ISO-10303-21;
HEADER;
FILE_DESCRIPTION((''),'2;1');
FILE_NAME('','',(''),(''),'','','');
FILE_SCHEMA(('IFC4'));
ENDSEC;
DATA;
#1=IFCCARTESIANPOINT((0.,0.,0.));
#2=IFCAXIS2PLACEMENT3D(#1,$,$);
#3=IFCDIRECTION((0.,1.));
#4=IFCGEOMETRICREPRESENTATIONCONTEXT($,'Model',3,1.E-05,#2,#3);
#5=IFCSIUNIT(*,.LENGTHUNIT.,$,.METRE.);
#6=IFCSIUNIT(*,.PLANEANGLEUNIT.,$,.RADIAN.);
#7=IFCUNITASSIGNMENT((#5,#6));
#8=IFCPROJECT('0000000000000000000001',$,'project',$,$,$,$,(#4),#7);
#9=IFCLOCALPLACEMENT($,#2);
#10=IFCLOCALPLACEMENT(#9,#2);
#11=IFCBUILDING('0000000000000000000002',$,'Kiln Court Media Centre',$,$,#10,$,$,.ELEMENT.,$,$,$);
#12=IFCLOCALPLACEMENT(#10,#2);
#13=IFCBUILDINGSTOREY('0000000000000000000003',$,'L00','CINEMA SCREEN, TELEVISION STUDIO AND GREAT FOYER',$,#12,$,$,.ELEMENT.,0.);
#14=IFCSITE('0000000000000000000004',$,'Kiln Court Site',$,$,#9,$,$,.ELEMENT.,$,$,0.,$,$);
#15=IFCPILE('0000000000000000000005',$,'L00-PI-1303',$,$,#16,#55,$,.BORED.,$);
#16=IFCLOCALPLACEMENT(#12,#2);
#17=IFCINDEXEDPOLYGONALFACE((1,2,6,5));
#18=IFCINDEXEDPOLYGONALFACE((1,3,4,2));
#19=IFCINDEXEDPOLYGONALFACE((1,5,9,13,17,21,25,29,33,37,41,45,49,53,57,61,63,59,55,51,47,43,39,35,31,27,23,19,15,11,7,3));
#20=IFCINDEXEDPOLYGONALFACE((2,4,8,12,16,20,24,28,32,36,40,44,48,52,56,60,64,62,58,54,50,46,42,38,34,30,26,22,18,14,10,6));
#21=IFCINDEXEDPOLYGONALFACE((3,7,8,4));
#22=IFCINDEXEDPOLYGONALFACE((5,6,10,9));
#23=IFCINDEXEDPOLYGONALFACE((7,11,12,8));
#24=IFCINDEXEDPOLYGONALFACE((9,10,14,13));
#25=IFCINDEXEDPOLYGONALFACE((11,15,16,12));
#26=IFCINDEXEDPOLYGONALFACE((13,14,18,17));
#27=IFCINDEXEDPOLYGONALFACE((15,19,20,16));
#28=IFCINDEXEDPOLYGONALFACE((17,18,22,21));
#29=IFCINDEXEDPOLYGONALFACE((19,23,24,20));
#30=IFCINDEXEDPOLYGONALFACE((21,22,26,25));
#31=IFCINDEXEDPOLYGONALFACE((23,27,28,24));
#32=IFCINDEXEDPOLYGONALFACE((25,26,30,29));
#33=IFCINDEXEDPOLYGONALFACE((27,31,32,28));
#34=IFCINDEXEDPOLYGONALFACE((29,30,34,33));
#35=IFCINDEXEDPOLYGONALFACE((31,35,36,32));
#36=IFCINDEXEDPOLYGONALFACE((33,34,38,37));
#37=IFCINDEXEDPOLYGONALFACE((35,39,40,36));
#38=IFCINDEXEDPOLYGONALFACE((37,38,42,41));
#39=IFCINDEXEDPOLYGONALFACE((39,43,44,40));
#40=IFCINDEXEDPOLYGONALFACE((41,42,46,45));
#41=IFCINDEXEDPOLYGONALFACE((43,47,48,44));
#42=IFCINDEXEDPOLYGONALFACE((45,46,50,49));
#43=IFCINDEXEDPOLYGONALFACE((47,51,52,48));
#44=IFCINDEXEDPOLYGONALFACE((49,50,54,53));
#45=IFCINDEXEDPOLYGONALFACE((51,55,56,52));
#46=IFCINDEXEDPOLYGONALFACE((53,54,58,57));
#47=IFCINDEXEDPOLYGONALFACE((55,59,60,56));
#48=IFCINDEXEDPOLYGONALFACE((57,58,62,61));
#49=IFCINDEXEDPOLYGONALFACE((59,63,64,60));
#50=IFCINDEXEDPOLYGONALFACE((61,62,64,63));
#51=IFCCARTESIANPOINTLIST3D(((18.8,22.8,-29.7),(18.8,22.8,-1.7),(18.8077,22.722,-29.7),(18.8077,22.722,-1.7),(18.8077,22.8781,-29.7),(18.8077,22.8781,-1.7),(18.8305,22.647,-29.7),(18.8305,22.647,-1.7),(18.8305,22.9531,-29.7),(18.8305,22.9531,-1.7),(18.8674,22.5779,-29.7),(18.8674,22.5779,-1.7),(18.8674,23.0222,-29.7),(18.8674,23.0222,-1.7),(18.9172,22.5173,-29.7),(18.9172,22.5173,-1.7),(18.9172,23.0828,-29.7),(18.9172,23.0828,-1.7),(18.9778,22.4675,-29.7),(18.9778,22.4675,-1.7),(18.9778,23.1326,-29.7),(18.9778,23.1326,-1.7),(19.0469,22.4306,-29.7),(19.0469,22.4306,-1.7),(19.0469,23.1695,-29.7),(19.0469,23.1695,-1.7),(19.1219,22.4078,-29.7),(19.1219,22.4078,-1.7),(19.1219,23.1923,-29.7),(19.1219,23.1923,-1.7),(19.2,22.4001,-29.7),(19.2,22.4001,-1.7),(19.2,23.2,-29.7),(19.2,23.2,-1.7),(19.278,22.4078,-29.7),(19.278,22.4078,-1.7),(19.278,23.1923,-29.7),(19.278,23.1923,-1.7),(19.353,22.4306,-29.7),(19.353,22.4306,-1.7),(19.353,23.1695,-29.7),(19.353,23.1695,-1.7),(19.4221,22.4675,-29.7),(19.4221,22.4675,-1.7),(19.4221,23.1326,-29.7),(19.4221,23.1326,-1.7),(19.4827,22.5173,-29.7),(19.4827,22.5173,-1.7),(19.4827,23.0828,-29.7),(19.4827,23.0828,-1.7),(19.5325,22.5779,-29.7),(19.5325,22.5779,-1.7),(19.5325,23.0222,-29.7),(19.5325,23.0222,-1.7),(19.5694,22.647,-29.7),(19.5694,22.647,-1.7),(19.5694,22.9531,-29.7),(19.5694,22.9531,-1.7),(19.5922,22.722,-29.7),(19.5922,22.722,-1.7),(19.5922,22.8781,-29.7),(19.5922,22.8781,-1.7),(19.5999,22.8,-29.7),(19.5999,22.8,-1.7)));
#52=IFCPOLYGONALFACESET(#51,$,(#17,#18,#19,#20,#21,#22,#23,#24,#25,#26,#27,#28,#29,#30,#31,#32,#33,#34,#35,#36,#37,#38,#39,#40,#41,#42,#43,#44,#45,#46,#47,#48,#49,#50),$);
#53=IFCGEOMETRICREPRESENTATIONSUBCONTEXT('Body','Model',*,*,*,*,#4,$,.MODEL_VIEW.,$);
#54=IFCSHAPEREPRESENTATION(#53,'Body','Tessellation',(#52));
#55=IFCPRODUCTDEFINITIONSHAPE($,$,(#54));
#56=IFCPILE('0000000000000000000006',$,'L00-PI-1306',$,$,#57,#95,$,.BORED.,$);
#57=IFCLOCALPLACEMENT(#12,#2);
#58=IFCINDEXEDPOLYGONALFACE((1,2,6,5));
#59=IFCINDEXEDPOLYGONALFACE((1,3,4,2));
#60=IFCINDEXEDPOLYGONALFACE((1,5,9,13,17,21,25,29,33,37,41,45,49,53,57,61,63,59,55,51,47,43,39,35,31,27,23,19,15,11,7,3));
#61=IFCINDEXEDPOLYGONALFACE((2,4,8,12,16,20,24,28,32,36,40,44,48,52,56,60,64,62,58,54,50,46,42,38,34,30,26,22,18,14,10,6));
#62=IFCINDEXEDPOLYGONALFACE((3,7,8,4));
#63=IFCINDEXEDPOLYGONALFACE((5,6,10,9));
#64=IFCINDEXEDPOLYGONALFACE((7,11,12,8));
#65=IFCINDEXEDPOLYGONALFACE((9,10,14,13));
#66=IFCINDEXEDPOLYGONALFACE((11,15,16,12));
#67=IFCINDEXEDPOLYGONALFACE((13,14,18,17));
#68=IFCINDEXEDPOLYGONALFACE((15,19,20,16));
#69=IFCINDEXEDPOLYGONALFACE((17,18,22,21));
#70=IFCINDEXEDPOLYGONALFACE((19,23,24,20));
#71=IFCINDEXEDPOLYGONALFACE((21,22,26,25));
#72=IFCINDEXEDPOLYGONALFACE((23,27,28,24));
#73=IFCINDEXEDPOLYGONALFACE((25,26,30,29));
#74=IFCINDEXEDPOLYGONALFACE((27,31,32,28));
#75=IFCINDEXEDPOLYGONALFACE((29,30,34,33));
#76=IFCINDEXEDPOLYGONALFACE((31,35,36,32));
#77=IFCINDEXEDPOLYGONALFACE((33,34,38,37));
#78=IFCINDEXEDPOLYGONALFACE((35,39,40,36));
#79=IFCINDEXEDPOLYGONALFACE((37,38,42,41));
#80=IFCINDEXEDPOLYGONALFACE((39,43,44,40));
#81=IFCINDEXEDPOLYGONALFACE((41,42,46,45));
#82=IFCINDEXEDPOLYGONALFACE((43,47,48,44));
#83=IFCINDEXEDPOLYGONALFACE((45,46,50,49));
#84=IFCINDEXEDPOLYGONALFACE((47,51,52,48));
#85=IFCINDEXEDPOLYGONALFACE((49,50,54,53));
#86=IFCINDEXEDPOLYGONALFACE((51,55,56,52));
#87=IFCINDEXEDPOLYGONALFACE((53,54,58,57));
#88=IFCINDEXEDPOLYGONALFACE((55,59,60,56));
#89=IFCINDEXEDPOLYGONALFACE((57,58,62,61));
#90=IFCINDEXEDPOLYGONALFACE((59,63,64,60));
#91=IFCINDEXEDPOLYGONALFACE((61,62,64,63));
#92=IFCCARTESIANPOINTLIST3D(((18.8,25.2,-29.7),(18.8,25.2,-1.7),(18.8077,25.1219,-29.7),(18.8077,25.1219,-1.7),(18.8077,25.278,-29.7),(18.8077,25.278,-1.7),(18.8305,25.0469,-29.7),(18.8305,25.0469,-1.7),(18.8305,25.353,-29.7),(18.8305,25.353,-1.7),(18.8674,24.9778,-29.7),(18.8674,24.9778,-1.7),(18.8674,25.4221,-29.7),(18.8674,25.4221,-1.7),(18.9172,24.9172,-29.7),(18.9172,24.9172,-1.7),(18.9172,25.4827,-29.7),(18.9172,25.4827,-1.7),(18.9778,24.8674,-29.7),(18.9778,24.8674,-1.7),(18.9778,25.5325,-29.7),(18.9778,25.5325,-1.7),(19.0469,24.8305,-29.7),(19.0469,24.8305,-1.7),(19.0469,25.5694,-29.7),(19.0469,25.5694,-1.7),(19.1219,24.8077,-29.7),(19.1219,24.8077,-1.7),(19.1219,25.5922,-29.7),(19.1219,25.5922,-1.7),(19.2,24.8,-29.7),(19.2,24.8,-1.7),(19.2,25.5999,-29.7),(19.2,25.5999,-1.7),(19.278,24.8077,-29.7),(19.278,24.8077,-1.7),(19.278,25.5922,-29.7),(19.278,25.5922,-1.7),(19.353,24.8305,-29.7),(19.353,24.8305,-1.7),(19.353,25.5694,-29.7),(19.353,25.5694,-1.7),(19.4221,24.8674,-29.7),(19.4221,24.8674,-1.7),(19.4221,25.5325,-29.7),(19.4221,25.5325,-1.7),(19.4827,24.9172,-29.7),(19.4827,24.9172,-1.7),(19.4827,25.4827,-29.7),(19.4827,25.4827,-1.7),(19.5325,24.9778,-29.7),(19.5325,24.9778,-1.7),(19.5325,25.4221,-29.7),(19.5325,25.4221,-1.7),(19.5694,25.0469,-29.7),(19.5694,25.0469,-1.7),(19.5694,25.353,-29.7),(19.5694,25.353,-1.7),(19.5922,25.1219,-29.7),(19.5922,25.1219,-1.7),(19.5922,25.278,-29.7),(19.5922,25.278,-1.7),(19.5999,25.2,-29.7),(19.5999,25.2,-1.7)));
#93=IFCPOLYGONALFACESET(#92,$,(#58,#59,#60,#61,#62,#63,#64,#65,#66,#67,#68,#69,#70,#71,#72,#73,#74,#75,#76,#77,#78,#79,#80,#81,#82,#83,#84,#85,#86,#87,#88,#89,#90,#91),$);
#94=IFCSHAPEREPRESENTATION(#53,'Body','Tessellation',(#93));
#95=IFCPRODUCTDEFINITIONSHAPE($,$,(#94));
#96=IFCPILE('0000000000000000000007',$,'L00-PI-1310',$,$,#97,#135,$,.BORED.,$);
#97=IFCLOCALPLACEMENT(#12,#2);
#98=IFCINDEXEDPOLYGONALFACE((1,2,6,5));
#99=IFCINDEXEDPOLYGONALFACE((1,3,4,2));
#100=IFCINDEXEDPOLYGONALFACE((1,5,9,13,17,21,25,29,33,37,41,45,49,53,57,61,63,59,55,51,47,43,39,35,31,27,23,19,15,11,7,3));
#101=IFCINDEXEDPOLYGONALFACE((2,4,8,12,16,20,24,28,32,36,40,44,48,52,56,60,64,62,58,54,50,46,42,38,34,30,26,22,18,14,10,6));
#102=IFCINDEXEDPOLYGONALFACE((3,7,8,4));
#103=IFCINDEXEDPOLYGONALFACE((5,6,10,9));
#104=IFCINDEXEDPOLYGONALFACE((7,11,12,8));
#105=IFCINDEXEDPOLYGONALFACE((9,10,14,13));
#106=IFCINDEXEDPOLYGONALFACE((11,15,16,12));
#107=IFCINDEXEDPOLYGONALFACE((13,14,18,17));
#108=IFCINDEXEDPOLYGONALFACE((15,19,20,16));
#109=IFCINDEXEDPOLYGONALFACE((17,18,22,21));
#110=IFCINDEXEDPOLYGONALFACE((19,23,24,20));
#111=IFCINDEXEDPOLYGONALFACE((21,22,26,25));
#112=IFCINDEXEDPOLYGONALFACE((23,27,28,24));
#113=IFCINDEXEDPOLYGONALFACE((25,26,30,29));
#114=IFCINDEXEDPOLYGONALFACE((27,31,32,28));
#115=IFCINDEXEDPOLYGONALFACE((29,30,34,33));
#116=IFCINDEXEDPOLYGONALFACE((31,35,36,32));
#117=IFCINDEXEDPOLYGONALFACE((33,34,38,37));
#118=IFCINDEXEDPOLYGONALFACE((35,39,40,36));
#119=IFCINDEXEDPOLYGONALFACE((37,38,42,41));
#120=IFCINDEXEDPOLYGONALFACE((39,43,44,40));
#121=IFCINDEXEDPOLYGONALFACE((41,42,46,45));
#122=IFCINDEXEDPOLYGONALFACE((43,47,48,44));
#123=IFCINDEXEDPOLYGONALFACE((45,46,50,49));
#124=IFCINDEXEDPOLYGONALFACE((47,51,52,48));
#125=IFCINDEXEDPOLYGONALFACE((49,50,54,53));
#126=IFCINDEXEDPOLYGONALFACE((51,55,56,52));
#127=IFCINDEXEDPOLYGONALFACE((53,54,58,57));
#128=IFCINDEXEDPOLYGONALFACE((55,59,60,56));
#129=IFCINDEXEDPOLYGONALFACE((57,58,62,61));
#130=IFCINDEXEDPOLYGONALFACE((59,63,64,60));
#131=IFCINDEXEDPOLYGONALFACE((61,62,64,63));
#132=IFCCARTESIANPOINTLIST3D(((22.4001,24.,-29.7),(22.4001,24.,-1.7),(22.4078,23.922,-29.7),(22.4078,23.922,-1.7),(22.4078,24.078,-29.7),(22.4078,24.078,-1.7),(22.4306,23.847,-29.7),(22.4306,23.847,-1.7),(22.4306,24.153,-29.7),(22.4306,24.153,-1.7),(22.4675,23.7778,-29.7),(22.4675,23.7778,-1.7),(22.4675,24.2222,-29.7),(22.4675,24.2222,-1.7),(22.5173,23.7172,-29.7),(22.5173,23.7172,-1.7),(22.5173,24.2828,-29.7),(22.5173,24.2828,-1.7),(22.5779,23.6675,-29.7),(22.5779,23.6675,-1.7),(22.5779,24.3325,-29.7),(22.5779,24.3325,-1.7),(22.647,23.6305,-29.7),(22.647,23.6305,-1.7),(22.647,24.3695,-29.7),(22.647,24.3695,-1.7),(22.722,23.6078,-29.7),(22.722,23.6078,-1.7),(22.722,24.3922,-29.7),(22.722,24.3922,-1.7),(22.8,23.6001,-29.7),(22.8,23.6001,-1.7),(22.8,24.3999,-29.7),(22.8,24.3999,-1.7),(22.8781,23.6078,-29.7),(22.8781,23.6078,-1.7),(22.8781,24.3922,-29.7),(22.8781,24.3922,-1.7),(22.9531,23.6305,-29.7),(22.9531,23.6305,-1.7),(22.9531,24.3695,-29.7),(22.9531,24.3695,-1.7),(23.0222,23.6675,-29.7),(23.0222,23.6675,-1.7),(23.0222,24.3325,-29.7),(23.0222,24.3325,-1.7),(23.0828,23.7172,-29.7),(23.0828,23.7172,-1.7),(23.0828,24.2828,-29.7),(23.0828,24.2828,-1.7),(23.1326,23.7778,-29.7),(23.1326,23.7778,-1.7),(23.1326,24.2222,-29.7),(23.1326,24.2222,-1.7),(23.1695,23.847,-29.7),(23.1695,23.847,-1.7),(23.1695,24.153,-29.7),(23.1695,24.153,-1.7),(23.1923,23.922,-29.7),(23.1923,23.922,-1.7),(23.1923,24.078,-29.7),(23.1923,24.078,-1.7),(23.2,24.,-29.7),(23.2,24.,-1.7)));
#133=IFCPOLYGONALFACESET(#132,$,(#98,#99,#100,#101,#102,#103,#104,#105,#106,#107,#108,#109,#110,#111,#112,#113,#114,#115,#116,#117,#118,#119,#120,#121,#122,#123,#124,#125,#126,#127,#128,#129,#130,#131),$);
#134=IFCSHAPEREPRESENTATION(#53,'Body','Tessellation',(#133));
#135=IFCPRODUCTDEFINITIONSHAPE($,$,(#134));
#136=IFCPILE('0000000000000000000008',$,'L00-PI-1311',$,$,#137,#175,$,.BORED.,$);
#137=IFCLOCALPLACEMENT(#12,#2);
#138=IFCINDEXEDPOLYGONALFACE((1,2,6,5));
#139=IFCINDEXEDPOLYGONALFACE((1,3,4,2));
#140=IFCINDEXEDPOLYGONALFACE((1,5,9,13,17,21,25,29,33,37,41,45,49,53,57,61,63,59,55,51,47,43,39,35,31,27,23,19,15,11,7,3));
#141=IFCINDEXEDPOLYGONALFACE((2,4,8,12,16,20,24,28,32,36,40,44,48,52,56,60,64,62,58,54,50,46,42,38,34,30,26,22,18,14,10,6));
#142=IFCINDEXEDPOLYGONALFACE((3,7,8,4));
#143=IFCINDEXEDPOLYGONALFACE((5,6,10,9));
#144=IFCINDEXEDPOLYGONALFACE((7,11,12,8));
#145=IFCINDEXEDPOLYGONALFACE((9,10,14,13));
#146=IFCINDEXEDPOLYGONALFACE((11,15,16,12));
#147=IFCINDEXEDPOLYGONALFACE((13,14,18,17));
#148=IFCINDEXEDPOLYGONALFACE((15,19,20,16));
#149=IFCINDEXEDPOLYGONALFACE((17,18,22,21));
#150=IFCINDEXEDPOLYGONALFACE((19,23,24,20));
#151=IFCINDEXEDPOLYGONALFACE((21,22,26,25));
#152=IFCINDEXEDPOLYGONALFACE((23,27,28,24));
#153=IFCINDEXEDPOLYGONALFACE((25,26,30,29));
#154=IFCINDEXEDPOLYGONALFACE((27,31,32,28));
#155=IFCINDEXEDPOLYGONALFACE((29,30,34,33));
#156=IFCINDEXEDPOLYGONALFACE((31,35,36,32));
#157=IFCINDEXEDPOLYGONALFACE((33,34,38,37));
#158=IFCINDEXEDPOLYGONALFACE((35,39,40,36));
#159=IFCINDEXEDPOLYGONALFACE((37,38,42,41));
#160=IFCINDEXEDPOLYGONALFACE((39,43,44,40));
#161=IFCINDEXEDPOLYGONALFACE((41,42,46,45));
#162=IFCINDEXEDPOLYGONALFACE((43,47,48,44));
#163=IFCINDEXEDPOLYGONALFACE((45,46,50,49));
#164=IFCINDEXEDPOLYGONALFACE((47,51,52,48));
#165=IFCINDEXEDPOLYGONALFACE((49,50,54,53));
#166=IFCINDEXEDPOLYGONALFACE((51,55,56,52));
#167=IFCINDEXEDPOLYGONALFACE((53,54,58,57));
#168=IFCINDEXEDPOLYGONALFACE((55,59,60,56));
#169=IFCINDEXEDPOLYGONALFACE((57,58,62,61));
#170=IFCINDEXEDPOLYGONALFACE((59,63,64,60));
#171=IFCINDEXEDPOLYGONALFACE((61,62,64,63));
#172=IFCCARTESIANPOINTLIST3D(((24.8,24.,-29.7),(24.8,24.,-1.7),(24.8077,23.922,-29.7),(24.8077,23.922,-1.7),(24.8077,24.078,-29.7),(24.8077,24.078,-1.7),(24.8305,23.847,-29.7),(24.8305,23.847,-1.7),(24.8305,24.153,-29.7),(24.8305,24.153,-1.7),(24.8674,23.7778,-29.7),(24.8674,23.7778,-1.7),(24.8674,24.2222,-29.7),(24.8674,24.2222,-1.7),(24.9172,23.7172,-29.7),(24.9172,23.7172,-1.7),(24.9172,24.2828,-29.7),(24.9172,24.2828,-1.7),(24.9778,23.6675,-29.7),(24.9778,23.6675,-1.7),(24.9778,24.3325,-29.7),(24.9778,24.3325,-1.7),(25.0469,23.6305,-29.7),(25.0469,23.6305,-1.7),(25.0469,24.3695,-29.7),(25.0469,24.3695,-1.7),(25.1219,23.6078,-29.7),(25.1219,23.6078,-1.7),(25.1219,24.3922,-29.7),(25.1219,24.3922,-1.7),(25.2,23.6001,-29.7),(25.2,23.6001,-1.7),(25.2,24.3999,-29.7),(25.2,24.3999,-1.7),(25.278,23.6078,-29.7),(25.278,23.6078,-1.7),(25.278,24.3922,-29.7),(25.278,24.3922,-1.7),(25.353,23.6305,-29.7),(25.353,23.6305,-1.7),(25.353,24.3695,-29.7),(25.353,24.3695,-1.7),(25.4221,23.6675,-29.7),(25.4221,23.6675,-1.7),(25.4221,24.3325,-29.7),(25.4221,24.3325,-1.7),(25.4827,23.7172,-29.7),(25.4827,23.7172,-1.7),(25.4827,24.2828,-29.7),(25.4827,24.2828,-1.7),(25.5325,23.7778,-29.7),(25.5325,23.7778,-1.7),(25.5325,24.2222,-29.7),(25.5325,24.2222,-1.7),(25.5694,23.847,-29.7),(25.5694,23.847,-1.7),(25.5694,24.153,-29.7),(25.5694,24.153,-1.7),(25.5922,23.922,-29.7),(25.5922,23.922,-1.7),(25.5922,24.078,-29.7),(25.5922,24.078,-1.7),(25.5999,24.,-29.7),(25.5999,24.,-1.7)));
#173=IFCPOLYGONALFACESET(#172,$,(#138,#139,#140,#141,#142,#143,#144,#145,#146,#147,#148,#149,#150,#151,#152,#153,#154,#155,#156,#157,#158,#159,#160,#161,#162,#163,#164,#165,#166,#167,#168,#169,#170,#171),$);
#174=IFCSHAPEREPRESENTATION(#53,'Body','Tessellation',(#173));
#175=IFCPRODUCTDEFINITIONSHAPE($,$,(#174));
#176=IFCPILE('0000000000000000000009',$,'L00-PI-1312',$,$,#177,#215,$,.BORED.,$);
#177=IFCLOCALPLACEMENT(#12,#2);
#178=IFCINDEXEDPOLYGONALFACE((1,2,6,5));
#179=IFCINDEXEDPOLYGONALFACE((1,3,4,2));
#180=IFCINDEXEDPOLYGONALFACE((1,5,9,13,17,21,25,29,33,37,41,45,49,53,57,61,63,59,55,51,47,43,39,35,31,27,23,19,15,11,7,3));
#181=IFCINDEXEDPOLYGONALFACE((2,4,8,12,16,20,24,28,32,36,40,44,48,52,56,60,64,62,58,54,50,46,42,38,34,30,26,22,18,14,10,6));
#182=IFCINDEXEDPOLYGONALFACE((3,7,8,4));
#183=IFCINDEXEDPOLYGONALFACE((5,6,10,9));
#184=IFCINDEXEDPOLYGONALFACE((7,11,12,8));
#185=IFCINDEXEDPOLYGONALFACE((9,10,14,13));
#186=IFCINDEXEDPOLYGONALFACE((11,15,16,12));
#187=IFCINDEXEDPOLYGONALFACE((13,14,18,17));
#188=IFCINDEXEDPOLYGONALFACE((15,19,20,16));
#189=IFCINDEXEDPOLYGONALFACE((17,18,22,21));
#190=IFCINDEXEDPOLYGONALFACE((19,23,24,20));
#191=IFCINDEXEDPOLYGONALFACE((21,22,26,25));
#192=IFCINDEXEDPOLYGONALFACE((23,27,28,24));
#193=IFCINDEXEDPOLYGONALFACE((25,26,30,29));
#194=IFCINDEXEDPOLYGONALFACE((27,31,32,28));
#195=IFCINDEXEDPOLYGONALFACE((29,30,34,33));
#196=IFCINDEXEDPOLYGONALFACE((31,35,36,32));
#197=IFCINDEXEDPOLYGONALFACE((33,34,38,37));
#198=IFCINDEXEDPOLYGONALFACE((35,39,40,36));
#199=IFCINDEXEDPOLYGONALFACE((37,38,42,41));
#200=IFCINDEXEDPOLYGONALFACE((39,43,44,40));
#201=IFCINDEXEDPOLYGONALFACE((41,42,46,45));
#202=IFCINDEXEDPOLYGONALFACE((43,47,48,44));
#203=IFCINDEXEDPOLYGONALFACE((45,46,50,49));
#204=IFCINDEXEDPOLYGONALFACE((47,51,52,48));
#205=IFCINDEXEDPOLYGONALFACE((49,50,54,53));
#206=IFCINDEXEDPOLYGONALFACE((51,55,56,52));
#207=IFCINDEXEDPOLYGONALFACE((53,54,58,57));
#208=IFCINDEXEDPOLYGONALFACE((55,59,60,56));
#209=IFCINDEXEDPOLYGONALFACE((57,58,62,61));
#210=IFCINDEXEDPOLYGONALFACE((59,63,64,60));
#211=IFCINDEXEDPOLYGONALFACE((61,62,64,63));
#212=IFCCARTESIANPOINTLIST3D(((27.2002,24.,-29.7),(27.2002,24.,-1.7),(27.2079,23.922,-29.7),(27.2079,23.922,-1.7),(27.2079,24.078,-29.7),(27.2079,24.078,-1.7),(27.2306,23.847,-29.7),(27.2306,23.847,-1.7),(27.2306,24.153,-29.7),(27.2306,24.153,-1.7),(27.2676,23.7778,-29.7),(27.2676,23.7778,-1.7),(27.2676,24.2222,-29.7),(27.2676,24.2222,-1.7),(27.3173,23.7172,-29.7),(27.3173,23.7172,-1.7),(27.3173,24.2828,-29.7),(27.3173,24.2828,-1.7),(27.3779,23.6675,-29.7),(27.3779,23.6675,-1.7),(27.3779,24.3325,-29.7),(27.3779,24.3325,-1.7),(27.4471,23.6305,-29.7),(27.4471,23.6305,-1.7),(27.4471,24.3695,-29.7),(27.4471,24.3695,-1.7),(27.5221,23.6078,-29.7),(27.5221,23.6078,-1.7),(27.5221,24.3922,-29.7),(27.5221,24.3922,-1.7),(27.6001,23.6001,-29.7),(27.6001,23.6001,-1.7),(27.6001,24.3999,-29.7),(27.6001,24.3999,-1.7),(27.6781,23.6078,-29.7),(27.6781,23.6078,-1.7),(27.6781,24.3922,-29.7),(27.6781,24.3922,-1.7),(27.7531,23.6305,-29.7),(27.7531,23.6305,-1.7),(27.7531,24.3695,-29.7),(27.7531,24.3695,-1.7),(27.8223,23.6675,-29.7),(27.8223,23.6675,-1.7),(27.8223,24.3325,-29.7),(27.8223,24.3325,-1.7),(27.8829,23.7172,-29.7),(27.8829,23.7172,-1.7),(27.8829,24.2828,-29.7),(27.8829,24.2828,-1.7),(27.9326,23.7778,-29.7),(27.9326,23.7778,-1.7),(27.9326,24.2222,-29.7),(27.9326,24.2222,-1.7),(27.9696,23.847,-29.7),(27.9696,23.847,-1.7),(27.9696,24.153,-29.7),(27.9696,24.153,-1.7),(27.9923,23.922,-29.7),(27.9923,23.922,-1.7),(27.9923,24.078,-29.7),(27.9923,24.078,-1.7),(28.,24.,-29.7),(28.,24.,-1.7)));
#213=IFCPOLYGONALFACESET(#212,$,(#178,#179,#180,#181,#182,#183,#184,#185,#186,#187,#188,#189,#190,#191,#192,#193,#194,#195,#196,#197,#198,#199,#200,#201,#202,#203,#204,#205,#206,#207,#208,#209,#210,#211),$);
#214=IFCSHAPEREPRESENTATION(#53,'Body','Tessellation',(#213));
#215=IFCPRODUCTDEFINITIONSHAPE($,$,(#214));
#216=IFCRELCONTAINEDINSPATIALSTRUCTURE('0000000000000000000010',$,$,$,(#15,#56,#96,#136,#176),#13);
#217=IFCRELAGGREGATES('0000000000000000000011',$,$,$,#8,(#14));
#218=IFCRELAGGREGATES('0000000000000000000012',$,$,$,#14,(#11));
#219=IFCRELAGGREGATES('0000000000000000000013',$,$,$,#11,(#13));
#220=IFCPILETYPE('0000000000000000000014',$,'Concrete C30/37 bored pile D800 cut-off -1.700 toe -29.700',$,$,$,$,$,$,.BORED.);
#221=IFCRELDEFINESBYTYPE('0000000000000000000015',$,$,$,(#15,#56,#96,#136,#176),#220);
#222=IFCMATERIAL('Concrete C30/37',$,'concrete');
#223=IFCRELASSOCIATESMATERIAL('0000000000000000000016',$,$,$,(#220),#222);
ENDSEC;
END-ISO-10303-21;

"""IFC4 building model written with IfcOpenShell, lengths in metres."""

from ifc_helpers import new_model, si_unit, direction, frame, origin, origin_2d, place, context, subcontext, project, spatial, circle, extrude, material, material_profile, profile_set, type_object, element, save


model = new_model("IFC4")

# Units and contexts
model_context = context("Model", 3, precision=1e-05, world=origin(), true_north=direction((0.0, 1.0)))
body_context = subcontext(model_context, "Body", "Model", "MODEL_VIEW")
ifc_project = project(units=[si_unit("LENGTHUNIT", "METRE"), si_unit("PLANEANGLEUNIT", "RADIAN")], contexts=[model_context])

# Site, building, storey
site_placement = place(None, origin())
site = spatial("IfcSite", under=ifc_project, at=site_placement, Name="Kiln Court Site", CompositionType="ELEMENT", RefElevation=0.0)
building_placement = place(site_placement, origin())
building = spatial("IfcBuilding", under=site, at=building_placement, Name="Kiln Court Media Centre", CompositionType="ELEMENT")
storey_placement = place(building_placement, origin())
storey = spatial("IfcBuildingStorey", under=building, at=storey_placement, Name="L00", Description="CINEMA SCREEN, TELEVISION STUDIO AND GREAT FOYER", CompositionType="ELEMENT", Elevation=0.0)

# Piles
ifc_material_1 = material(Name="Concrete C30/37", Category="concrete")
ifc_material_profile_1 = material_profile(ifc_material_1, circle(Radius=0.3999, at=origin_2d()), Name="PILE D800")
ifc_profile_set_1 = profile_set([ifc_material_profile_1], Name="Concrete C30/37")
pile_type = type_object("IfcPileType", Name="Concrete C30/37 bored pile D800 cut-off -1.700 toe -29.700", PredefinedType="BORED", material=ifc_profile_set_1)
for number, where, z_axis, x_axis, name in (
    (1, (19.2, 22.8, -1.7), (0.0, 0.0, -1.0), (1.0, 0.0, 0.0), "L00-PI-1303"),
    (2, (19.2, 25.2, -1.7), (0.0, 0.0, -1.0), (1.0, 0.0, 0.0), "L00-PI-1306"),
    (3, (22.8, 24.0, -1.7), (0.0, 0.0, -1.0), (1.0, 0.0, 0.0), "L00-PI-1310"),
    (4, (25.2, 24.0, -1.7), (0.0, 0.0, -1.0), (1.0, 0.0, 0.0), "L00-PI-1311"),
    (5, (27.6001, 24.0, -1.7), (0.0, 0.0, -1.0), (1.0, 0.0, 0.0), "L00-PI-1312"),
):
    element("IfcPile", number, at=place(storey_placement, frame(where, z_axis=z_axis, x_axis=x_axis)), inside=storey, type_object=pile_type, Name=name, PredefinedType="BORED", context=body_context, shape_type="SweptSolid", body=[
        extrude(circle(Radius=0.3999, at=origin_2d()), origin(), (0.0, 0.0, 1.0), 28.0),
    ])

save(model, "model.ifc")
